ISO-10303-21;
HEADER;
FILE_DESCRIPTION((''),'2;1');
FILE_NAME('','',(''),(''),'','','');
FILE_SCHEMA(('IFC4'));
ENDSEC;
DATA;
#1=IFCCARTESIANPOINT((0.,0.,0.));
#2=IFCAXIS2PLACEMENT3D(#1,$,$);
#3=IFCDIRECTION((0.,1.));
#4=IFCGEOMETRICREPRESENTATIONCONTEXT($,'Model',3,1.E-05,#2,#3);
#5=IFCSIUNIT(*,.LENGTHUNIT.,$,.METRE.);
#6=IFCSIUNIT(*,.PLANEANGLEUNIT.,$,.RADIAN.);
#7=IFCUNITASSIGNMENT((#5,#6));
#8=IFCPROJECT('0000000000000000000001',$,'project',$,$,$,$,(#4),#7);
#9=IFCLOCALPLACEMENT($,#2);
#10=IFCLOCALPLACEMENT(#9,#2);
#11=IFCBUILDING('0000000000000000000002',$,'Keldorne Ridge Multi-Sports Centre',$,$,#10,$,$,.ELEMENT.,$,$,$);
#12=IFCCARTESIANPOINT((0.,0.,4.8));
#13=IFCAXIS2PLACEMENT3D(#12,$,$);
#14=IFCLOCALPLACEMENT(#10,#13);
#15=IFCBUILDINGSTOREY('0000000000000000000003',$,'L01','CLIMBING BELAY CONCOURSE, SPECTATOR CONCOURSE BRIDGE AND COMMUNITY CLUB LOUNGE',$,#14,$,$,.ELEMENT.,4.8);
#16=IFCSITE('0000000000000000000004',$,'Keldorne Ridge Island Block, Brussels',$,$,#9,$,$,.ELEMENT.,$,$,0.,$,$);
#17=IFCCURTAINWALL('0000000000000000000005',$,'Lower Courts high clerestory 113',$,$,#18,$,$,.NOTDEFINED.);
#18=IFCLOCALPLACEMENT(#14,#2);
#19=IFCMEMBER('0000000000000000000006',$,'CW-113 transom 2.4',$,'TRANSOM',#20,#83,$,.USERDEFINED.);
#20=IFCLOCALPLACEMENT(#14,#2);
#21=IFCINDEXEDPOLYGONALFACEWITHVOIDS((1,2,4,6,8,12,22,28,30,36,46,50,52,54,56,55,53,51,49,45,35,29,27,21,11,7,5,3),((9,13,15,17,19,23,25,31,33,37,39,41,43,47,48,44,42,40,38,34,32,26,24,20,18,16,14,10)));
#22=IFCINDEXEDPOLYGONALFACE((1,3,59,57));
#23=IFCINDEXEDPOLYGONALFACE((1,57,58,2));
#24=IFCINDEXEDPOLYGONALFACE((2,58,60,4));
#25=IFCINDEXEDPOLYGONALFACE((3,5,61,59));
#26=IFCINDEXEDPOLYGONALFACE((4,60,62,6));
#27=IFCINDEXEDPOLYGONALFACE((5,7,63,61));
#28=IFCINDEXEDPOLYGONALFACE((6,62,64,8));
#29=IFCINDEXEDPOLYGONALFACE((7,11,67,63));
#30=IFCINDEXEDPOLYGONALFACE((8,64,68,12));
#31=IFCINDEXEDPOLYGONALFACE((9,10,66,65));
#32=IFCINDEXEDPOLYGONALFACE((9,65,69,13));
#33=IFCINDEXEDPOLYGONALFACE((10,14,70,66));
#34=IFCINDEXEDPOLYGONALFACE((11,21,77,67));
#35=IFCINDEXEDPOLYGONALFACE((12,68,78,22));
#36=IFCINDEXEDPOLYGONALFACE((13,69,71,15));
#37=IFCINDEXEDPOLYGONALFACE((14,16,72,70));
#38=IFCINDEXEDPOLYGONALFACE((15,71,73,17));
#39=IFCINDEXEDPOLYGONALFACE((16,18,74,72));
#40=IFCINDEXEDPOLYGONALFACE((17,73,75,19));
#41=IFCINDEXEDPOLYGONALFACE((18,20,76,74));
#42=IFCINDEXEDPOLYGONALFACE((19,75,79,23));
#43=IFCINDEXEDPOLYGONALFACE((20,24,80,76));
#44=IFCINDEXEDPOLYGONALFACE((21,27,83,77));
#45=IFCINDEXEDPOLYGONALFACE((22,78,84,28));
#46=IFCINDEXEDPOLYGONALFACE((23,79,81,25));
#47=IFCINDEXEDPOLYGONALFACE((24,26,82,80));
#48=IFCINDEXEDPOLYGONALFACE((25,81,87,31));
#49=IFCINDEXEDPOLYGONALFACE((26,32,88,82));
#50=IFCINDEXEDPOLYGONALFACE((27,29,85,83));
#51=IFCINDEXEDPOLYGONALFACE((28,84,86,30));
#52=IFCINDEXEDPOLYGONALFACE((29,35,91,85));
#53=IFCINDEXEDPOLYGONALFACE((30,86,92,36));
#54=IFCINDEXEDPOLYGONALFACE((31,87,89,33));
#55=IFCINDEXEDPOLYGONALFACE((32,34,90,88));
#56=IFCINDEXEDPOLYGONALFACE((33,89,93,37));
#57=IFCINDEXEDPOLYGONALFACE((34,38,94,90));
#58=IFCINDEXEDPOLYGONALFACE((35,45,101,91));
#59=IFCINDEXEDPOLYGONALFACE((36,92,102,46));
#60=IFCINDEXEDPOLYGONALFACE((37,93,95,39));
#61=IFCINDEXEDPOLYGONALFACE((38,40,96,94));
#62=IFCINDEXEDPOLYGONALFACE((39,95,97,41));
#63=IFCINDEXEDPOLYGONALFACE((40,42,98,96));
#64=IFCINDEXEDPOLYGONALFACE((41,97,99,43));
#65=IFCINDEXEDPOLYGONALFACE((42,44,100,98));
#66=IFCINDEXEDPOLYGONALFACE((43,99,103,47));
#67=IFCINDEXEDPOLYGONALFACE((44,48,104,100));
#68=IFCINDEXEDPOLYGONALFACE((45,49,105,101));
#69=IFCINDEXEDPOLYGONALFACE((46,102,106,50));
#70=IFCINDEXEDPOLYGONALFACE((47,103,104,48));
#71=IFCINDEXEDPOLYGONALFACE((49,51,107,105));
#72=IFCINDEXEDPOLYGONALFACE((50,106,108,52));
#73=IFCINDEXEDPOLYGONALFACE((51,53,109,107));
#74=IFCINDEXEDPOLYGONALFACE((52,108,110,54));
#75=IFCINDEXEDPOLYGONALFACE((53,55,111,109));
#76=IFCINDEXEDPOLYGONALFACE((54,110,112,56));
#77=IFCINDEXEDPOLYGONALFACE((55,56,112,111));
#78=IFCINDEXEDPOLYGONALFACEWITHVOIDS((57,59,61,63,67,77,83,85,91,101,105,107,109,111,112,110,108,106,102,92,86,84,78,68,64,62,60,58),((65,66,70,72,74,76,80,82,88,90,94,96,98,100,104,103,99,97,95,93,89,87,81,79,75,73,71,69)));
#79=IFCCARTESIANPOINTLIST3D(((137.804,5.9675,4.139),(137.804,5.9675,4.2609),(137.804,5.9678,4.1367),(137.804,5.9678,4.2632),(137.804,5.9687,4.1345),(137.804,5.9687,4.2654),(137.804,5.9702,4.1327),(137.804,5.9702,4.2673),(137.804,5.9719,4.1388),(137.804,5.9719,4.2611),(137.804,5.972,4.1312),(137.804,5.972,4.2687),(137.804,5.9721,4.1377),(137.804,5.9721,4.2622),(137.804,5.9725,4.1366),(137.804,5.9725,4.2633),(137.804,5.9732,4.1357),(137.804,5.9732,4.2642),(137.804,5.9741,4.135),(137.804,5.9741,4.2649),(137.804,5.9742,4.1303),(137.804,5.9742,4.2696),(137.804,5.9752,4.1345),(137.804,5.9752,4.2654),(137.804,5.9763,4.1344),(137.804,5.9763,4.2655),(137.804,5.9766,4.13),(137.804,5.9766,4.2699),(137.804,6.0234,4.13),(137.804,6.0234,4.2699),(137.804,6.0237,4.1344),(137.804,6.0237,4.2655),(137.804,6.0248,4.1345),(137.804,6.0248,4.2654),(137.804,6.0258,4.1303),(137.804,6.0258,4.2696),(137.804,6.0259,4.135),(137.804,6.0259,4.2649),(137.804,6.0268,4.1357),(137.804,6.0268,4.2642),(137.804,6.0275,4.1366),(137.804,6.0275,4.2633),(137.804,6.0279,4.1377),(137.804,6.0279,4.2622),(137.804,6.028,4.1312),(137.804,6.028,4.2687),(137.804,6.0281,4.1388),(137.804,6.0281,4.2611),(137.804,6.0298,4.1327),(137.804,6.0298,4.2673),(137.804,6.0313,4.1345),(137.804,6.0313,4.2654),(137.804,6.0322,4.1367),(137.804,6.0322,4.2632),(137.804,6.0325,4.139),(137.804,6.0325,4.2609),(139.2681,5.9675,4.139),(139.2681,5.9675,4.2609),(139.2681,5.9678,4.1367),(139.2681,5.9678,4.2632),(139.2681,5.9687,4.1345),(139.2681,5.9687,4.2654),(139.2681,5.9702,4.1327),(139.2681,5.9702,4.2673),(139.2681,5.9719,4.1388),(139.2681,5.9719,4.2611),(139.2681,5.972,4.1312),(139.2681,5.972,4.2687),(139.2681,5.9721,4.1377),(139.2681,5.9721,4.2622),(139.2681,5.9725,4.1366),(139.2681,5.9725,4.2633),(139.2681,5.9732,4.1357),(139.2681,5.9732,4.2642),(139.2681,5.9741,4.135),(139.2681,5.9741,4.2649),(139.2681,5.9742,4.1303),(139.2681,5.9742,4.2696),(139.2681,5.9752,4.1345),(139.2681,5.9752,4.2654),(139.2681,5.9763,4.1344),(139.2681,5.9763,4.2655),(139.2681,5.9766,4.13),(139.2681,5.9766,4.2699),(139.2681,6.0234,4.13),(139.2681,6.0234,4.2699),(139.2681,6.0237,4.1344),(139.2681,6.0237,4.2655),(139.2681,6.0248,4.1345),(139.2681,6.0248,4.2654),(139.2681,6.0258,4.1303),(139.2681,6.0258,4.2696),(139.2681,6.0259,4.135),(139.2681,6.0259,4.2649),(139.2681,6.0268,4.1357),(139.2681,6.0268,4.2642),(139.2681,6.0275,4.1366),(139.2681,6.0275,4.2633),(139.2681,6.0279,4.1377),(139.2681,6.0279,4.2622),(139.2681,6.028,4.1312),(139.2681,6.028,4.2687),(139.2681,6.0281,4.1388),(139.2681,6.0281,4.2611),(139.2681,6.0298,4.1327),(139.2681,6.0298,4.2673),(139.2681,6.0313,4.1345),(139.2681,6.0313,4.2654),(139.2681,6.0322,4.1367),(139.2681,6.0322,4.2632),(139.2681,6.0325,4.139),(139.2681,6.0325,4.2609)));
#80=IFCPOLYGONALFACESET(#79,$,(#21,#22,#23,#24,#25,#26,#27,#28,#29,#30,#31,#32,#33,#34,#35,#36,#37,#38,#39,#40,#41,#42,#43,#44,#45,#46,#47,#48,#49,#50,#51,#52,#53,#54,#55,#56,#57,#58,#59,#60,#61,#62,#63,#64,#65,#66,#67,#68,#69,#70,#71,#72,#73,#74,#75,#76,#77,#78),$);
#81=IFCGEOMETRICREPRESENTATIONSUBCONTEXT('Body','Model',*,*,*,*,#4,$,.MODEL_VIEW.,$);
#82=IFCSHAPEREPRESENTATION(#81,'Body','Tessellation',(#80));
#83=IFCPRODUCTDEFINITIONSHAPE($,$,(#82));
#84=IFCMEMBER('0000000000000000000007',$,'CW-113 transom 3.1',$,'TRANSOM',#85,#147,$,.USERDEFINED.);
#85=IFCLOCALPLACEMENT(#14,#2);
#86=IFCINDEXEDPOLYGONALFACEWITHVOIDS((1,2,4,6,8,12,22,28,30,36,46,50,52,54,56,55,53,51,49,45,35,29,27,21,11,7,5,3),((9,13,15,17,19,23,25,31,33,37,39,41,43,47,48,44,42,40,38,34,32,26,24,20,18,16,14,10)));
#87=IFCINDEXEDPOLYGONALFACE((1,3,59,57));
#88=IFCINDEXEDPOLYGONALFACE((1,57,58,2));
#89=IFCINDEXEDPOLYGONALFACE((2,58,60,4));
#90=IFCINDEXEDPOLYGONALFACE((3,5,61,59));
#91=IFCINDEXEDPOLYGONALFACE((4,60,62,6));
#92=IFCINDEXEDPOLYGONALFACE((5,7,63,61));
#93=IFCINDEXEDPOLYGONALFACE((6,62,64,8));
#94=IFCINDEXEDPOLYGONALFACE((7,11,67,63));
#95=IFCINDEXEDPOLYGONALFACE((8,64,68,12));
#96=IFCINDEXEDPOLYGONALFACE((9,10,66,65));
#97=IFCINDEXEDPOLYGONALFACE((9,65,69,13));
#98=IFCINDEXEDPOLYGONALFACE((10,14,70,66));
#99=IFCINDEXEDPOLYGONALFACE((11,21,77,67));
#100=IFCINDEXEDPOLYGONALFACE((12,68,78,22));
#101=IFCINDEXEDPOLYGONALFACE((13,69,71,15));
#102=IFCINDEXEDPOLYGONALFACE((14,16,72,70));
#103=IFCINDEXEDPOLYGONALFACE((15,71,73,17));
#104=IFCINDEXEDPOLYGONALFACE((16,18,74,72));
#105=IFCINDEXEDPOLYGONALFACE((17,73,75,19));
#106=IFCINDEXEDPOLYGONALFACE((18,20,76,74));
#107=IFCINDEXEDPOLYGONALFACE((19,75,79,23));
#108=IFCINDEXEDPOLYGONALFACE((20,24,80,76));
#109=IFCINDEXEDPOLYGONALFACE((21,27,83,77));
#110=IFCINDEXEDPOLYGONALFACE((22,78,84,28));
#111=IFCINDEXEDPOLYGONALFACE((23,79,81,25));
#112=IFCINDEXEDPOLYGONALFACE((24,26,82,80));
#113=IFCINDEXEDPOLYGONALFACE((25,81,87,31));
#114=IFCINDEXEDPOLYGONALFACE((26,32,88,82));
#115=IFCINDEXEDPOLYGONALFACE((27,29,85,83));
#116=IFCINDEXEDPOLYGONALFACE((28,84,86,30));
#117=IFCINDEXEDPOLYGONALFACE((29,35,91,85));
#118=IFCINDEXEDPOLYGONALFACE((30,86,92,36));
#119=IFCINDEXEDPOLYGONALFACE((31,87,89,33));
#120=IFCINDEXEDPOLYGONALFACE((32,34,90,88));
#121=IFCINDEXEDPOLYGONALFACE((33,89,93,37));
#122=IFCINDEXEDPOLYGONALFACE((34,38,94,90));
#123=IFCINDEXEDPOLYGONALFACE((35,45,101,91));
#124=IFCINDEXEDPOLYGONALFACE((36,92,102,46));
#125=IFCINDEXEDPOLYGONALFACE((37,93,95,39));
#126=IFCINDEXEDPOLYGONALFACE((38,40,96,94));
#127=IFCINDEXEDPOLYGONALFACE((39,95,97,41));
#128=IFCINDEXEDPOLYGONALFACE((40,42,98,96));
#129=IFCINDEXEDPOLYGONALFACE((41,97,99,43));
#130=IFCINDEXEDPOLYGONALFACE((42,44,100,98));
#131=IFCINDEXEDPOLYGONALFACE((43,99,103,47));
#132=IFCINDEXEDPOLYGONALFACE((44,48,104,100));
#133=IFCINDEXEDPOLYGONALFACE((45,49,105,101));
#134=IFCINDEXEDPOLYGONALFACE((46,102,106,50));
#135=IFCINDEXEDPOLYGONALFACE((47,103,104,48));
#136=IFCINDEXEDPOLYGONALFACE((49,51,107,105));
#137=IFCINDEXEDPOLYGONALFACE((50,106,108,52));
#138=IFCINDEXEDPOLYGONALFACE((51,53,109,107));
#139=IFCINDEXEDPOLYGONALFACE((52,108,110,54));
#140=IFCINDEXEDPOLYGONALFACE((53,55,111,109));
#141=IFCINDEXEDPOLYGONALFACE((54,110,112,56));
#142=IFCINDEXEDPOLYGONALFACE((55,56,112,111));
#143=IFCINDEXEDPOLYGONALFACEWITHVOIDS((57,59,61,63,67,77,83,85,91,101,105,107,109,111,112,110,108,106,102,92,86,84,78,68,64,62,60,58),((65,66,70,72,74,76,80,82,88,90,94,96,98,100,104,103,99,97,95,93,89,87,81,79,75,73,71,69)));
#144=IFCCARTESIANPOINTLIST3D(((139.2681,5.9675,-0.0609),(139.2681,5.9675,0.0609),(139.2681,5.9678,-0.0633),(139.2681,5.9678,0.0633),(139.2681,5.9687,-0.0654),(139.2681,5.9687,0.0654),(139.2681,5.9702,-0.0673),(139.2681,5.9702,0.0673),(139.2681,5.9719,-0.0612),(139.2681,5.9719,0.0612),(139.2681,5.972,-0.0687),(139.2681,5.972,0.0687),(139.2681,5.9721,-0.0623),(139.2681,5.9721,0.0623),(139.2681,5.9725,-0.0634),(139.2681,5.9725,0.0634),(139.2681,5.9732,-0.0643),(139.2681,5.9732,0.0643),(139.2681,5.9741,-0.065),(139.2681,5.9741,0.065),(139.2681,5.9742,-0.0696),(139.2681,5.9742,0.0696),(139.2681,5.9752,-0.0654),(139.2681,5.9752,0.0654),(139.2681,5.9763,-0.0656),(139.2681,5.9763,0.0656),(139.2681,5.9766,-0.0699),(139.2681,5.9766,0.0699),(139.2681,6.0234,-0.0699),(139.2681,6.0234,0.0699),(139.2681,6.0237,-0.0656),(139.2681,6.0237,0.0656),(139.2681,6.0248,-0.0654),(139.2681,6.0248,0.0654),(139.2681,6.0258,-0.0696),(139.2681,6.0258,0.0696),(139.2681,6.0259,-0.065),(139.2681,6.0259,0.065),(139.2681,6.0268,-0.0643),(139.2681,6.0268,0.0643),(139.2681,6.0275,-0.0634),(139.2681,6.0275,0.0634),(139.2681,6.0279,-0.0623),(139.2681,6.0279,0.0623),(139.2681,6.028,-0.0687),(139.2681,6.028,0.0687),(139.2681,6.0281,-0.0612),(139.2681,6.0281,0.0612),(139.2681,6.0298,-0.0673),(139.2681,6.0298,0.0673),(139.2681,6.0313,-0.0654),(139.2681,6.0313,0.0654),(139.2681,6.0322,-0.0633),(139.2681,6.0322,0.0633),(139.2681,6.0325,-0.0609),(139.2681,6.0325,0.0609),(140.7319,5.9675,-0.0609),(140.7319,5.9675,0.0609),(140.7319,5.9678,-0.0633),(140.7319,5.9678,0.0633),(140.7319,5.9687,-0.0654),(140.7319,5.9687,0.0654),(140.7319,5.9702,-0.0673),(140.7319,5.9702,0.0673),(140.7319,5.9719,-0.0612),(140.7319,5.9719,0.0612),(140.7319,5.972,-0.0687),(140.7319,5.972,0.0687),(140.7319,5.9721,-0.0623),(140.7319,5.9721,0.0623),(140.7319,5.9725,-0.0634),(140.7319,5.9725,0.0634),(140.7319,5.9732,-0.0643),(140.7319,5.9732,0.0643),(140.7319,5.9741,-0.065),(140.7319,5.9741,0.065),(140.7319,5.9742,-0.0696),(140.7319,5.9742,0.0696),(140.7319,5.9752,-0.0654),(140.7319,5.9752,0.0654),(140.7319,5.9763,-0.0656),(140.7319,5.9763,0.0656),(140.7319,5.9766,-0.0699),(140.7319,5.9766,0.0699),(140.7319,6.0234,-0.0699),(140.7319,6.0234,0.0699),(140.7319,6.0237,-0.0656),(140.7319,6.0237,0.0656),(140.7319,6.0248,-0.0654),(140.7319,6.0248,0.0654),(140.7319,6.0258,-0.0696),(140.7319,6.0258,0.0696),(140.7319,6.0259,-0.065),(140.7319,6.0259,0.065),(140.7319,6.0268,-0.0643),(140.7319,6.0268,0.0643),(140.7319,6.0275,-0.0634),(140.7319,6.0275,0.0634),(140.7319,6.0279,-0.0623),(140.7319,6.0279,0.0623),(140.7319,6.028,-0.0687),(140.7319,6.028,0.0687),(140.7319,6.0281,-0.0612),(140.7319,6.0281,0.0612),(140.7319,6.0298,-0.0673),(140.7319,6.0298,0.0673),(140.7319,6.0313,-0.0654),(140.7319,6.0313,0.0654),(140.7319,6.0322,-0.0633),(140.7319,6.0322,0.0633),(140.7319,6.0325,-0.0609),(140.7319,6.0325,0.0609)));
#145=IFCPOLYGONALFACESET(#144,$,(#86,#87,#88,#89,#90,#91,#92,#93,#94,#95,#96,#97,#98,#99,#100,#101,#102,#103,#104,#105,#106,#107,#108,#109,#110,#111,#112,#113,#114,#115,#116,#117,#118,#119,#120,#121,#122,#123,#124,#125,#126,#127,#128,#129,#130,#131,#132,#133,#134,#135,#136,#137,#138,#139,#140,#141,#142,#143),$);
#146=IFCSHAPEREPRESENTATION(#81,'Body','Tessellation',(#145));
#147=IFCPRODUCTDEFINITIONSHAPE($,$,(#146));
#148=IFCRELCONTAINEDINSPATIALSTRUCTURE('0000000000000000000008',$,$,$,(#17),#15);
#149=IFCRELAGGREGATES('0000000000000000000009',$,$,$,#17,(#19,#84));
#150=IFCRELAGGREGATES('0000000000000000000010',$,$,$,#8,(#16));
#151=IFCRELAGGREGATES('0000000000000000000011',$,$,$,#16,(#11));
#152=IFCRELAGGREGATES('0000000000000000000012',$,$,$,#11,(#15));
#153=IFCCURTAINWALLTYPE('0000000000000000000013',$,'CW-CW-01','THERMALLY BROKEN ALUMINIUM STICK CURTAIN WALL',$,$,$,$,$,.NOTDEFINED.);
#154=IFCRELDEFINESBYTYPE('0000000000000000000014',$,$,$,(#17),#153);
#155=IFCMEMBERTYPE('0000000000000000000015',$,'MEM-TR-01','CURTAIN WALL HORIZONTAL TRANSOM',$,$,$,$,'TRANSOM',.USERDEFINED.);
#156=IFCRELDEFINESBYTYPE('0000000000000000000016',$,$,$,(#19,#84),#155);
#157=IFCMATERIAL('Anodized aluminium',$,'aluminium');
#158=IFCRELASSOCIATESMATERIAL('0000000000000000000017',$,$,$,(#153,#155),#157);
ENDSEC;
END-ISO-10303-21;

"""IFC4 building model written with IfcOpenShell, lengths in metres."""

from ifc_helpers import new_model, si_unit, direction, frame, origin, origin_2d, place, context, subcontext, project, spatial, hollow_rectangle, extrude, material, material_profile, profile_set, type_object, element, aggregate, save


model = new_model("IFC4")

# Units and contexts
model_context = context("Model", 3, precision=1e-05, world=origin(), true_north=direction((0.0, 1.0)))
body_context = subcontext(model_context, "Body", "Model", "MODEL_VIEW")
ifc_project = project(units=[si_unit("LENGTHUNIT", "METRE"), si_unit("PLANEANGLEUNIT", "RADIAN")], contexts=[model_context])

# Site, building, storey
site_placement = place(None, origin())
site = spatial("IfcSite", under=ifc_project, at=site_placement, Name="Keldorne Ridge Island Block, Brussels", CompositionType="ELEMENT", RefElevation=0.0)
building_placement = place(site_placement, origin())
building = spatial("IfcBuilding", under=site, at=building_placement, Name="Keldorne Ridge Multi-Sports Centre", CompositionType="ELEMENT")
storey_placement = place(building_placement, frame((0.0, 0.0, 4.8)))
storey = spatial("IfcBuildingStorey", under=building, at=storey_placement, Name="L01", Description="CLIMBING BELAY CONCOURSE, SPECTATOR CONCOURSE BRIDGE AND COMMUNITY CLUB LOUNGE", CompositionType="ELEMENT", Elevation=4.8)

# Curtain wall, members
ifc_material_1 = material(Name="Anodized aluminium", Category="aluminium")
curtain_wall_type = type_object("IfcCurtainWallType", Name="CW-CW-01", Description="THERMALLY BROKEN ALUMINIUM STICK CURTAIN WALL", PredefinedType="NOTDEFINED", material=ifc_material_1)
curtain_wall_placement = place(storey_placement, origin())
curtain_wall = element("IfcCurtainWall", 1, at=curtain_wall_placement, inside=storey, type_object=curtain_wall_type, Name="Lower Courts high clerestory 113", PredefinedType="NOTDEFINED")
ifc_material_profile_1 = material_profile(ifc_material_1, hollow_rectangle(XDim=0.0649, YDim=0.1399, WallThickness=0.0044, InnerFilletRadius=0.0044, OuterFilletRadius=0.009, at=origin_2d()), Name="ALU TRANSOM 140x65x4.5")
ifc_profile_set_1 = profile_set([ifc_material_profile_1], Name="Anodized aluminium")
member_type_1 = type_object("IfcMemberType", Name="MEM-TR-01", Description="CURTAIN WALL HORIZONTAL TRANSOM", ElementType="TRANSOM", PredefinedType="USERDEFINED", material=ifc_profile_set_1)
member_1_placement = place(storey_placement, frame((137.804, 6.0, 4.2), z_axis=(1.0, 0.0, 0.0), x_axis=(0.0, 1.0, 0.0)))
member_1 = element("IfcMember", 2, at=member_1_placement, type_object=member_type_1, Name="CW-113 transom 2.4", ObjectType="TRANSOM", PredefinedType="USERDEFINED", context=body_context, shape_type="SweptSolid", body=[
    extrude(hollow_rectangle(XDim=0.0649, YDim=0.1399, WallThickness=0.0044, InnerFilletRadius=0.0044, OuterFilletRadius=0.009, at=origin_2d()), origin(), (0.0, 0.0, 1.0), 1.4641),
])
member_2_placement = place(storey_placement, frame((139.2681, 6.0, 0.0), z_axis=(1.0, 0.0, 0.0), x_axis=(0.0, 1.0, 0.0)))
member_2 = element("IfcMember", 3, at=member_2_placement, type_object=member_type_1, Name="CW-113 transom 3.1", ObjectType="TRANSOM", PredefinedType="USERDEFINED", context=body_context, shape_type="SweptSolid", body=[
    extrude(hollow_rectangle(XDim=0.0649, YDim=0.1399, WallThickness=0.0044, InnerFilletRadius=0.0044, OuterFilletRadius=0.009, at=origin_2d()), origin(), (0.0, 0.0, 1.0), 1.4639),
])
aggregate(curtain_wall, [member_1, member_2])

save(model, "model.ifc")
